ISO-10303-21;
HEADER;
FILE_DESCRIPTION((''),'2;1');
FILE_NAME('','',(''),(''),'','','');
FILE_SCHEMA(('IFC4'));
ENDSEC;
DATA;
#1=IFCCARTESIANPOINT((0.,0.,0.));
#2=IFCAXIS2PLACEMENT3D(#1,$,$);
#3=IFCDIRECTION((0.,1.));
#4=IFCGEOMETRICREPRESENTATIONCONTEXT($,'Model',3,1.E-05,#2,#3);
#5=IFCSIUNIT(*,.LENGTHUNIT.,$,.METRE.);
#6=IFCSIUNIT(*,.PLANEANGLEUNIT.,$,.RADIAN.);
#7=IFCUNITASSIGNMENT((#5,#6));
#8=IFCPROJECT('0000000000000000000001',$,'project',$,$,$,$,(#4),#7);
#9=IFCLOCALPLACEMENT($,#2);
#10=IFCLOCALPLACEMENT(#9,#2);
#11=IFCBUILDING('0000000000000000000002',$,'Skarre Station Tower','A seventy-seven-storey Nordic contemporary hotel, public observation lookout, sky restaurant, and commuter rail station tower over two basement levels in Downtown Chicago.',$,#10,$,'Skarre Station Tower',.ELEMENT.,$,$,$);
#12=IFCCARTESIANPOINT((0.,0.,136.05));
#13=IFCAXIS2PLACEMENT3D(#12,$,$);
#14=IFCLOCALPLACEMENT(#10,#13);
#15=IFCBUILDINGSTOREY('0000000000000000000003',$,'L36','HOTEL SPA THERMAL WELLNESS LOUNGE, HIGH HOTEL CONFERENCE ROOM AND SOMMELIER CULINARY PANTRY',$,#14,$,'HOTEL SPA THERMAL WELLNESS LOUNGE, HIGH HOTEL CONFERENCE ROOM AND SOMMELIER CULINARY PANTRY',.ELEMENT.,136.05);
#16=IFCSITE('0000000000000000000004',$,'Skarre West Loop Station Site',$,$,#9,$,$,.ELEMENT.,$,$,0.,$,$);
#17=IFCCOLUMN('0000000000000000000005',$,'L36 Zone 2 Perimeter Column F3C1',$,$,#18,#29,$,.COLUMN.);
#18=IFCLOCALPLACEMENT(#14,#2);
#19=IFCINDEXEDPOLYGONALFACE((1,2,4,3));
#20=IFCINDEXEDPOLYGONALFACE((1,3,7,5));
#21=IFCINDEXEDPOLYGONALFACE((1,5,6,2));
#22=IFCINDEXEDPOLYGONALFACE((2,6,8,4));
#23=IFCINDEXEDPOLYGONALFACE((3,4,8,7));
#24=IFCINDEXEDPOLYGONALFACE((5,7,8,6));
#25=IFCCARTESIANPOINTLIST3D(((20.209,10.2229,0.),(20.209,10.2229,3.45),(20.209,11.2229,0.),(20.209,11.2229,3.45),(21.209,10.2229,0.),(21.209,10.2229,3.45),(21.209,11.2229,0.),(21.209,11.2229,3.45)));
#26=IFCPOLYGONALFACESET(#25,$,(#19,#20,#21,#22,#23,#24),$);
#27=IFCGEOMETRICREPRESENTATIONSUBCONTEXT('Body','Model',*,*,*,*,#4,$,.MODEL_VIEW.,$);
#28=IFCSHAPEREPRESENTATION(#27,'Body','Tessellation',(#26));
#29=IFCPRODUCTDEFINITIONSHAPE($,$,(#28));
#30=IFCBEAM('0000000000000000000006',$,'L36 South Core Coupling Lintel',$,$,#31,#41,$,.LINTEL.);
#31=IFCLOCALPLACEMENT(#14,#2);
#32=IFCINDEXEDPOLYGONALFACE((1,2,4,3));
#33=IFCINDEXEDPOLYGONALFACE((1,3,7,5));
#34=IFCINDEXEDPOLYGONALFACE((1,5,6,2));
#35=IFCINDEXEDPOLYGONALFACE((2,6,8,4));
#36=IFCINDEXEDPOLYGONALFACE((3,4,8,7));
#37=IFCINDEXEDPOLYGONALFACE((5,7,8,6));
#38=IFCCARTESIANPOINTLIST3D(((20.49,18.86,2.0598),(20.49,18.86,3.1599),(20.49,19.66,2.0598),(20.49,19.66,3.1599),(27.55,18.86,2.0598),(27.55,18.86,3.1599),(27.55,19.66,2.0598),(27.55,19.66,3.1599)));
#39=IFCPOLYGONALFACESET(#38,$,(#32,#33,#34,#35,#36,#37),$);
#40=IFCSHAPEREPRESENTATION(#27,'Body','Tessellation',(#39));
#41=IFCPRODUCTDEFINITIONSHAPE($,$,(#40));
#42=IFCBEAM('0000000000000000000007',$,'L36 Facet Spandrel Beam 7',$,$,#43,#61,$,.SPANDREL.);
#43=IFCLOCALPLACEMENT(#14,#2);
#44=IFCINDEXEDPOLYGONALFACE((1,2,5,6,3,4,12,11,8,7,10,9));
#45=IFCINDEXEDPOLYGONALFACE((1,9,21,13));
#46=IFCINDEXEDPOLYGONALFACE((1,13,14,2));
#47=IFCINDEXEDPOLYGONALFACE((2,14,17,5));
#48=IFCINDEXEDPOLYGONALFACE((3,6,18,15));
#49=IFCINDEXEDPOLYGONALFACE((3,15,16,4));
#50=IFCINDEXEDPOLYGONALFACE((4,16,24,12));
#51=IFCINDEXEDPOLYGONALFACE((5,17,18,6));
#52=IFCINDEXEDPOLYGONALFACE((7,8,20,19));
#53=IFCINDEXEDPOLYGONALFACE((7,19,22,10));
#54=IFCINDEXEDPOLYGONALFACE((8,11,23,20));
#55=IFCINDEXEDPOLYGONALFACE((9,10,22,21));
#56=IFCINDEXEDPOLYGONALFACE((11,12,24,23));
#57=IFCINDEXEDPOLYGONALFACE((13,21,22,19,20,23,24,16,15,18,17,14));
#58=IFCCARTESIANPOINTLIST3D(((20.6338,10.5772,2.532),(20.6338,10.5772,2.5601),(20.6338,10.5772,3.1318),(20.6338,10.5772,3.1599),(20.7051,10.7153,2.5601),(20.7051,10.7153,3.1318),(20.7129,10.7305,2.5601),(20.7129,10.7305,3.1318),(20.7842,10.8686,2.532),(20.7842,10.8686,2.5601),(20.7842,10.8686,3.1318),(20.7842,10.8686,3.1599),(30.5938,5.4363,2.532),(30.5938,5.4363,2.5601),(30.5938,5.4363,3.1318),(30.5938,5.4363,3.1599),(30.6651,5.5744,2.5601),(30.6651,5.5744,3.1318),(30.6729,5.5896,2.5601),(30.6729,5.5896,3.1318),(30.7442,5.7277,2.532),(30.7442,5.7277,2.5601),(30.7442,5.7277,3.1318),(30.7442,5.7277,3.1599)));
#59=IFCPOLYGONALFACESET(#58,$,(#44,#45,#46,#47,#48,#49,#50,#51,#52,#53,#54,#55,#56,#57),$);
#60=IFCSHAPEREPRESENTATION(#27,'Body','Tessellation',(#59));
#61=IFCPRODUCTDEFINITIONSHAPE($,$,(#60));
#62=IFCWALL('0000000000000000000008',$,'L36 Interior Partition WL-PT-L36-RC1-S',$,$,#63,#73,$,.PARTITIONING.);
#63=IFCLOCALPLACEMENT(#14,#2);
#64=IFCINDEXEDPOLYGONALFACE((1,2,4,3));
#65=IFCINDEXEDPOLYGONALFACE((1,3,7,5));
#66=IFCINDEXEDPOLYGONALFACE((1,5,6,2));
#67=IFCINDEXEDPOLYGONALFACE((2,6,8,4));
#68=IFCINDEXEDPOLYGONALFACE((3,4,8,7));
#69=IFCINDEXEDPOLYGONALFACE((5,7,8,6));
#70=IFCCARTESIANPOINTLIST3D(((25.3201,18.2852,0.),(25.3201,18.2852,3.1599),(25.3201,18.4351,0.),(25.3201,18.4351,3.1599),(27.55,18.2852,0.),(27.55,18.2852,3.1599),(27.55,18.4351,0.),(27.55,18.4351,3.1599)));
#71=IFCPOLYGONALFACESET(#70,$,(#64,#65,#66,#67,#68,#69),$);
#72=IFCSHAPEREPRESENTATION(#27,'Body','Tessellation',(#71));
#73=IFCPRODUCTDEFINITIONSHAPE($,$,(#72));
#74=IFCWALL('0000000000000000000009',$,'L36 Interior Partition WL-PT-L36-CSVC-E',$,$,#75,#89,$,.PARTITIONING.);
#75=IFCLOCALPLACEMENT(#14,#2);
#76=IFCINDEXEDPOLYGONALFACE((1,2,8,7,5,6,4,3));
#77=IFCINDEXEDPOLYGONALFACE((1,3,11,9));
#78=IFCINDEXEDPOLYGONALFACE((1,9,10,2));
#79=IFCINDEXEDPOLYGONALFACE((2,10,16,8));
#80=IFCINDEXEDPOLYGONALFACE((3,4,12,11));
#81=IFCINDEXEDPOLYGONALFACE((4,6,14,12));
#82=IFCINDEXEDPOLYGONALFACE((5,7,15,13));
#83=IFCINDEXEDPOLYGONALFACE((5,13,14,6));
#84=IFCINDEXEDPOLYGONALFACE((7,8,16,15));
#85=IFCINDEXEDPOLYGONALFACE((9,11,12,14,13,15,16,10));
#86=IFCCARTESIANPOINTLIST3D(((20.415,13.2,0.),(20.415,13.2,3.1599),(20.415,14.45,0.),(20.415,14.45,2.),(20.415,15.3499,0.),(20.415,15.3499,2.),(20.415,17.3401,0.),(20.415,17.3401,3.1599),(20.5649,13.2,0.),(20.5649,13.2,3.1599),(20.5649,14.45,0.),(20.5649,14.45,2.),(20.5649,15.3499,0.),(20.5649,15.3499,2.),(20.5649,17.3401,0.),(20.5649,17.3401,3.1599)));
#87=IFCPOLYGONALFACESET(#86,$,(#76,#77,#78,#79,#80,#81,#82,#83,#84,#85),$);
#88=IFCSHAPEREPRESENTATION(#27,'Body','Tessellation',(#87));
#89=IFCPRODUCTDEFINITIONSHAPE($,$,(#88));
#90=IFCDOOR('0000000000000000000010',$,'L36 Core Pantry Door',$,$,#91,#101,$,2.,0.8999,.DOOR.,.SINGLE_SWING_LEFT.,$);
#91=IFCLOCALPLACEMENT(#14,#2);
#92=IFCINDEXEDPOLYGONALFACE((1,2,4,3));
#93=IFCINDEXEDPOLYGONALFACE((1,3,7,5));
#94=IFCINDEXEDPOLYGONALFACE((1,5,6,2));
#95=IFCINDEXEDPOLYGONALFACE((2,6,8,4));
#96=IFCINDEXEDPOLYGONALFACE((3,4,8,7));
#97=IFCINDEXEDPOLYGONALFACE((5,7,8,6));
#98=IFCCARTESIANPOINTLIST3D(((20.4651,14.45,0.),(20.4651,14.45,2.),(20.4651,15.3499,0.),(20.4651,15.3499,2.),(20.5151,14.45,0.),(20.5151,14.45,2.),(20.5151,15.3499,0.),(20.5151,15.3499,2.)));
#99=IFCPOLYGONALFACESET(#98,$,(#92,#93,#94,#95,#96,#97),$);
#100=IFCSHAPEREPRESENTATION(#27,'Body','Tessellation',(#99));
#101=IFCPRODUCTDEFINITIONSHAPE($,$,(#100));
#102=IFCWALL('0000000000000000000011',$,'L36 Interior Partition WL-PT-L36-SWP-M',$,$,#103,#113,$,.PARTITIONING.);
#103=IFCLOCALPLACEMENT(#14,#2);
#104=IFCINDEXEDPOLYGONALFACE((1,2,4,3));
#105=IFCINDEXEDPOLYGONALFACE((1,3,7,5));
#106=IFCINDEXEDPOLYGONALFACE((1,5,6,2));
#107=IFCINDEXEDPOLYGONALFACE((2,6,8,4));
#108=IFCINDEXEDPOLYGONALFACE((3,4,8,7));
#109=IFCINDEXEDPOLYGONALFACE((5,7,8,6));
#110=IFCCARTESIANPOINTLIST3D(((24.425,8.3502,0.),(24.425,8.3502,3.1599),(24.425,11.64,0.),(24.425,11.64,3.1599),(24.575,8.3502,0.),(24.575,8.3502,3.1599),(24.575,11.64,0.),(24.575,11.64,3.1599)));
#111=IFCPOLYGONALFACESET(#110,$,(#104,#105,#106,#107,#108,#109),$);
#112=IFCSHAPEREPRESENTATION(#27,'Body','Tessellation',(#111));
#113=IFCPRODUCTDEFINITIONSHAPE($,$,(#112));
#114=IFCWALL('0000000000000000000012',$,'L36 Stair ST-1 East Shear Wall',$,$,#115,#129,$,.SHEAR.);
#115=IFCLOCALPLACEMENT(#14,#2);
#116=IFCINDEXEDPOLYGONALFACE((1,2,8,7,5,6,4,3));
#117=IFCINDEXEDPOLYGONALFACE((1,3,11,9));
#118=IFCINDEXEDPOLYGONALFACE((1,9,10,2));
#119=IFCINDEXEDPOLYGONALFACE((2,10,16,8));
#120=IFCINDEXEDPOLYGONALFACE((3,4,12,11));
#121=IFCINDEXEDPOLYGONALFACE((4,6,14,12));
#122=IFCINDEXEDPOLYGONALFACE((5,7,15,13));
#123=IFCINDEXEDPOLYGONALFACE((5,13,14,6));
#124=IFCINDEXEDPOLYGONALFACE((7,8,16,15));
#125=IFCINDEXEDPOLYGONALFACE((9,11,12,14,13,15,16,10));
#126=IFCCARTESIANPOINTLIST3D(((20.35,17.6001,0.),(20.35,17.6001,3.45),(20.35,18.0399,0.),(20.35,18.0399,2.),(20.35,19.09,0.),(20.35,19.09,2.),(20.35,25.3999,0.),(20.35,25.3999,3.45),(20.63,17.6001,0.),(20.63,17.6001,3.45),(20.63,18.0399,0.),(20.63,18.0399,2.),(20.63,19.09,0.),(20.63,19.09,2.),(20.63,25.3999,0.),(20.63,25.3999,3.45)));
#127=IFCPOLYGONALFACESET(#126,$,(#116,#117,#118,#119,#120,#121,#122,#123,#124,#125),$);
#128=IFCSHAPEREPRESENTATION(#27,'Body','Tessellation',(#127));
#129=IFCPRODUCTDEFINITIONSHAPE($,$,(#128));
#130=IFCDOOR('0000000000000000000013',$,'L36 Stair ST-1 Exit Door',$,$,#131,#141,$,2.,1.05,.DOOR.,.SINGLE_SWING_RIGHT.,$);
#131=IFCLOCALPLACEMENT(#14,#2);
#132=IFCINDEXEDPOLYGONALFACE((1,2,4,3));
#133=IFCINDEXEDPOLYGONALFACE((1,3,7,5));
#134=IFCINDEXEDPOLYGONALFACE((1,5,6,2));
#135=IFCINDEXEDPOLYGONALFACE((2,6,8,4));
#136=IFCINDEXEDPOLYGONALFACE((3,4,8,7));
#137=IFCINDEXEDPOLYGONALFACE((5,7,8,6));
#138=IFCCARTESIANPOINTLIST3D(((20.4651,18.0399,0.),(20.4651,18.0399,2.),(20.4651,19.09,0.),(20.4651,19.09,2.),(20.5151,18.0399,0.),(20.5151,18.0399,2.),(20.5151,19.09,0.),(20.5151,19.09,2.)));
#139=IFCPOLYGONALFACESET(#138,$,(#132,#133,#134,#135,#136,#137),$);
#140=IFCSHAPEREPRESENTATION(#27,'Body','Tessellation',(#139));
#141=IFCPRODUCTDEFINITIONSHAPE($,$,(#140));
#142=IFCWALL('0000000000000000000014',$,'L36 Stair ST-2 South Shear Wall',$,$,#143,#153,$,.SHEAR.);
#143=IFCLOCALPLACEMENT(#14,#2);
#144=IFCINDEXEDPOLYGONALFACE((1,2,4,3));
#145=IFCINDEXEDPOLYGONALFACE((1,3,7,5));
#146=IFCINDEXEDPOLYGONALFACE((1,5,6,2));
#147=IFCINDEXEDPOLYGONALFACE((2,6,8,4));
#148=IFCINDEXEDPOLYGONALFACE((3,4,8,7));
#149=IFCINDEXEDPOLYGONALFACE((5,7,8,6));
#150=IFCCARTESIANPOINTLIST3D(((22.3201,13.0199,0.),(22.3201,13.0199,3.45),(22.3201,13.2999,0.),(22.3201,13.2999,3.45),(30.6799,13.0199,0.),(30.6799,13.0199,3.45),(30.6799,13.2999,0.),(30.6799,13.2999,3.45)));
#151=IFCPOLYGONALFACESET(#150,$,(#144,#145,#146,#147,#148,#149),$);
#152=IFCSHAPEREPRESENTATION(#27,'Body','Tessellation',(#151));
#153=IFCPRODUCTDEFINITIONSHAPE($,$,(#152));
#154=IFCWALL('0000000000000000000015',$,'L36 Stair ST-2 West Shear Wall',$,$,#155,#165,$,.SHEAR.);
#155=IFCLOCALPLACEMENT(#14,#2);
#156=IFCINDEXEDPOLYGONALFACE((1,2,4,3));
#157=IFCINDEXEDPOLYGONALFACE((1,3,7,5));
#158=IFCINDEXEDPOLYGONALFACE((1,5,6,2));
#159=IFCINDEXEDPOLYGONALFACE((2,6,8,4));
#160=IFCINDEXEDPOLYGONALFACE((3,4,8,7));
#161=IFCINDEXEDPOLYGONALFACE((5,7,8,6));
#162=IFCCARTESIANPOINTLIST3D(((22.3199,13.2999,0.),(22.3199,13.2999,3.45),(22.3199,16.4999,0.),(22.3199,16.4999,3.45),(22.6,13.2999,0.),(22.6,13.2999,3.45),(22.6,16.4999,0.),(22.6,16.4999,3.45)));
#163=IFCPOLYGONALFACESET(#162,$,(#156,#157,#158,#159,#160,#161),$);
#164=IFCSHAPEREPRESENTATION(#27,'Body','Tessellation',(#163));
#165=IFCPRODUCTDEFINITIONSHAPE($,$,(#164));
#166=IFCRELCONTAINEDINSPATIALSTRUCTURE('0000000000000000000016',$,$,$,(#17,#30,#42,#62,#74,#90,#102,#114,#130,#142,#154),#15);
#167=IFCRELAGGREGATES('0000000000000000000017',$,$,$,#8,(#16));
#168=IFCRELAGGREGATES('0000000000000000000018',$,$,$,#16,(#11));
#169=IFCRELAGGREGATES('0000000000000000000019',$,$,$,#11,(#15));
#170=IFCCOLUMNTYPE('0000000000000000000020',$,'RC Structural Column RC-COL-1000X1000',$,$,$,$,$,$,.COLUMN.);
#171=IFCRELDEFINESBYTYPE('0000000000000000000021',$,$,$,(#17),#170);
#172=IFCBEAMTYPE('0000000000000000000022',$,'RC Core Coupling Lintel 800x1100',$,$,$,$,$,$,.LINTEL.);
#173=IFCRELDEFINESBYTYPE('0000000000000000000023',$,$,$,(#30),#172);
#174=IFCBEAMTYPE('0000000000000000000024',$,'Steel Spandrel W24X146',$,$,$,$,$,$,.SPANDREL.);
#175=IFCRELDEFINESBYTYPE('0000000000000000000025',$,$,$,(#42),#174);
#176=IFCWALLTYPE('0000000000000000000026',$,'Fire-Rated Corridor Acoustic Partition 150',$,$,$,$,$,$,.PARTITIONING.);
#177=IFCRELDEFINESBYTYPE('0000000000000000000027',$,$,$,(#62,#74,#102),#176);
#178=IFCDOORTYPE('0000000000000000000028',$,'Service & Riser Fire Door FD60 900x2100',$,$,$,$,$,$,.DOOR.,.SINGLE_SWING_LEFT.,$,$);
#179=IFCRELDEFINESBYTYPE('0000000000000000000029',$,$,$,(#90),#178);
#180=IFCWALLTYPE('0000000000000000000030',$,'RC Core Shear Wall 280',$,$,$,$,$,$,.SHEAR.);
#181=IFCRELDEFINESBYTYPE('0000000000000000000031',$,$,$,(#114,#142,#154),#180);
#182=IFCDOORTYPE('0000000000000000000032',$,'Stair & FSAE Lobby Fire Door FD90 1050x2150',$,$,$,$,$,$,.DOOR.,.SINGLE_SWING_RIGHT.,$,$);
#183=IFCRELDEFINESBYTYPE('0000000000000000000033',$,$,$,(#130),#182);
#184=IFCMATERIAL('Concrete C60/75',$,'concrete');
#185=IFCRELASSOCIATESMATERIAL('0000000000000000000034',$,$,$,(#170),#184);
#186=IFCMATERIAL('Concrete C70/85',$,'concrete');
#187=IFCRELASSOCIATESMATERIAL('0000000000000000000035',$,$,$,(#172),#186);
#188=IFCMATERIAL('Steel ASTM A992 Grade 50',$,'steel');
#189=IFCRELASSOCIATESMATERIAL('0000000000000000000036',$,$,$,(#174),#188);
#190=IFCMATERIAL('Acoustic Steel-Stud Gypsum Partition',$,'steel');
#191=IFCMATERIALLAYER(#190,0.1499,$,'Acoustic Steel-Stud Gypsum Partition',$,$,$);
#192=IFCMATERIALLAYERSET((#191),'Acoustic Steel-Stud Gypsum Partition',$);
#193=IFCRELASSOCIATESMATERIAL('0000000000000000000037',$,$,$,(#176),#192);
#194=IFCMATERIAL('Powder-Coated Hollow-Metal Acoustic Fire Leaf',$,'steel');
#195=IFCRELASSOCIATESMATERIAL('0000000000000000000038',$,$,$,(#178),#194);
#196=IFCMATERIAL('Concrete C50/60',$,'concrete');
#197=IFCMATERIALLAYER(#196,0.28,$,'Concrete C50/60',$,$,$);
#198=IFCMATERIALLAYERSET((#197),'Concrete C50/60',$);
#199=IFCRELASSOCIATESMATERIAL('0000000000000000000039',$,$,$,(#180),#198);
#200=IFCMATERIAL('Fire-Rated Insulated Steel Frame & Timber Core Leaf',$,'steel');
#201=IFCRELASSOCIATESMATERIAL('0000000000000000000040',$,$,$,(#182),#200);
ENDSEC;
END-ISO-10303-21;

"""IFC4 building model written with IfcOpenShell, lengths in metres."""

from ifc_helpers import new_model, si_unit, direction, frame, frame_2d, origin, origin_2d, place, context, subcontext, project, spatial, rectangle, i_section, extrude, material, layer, layer_set, material_profile, profile_set, type_object, element, fill, save


model = new_model("IFC4")

# Units and contexts
model_context = context("Model", 3, precision=1e-05, world=origin(), true_north=direction((0.0, 1.0)))
body_context = subcontext(model_context, "Body", "Model", "MODEL_VIEW")
ifc_project = project(units=[si_unit("LENGTHUNIT", "METRE"), si_unit("PLANEANGLEUNIT", "RADIAN")], contexts=[model_context])

# Site, building, storey
site_placement = place(None, origin())
site = spatial("IfcSite", under=ifc_project, at=site_placement, Name="Skarre West Loop Station Site", CompositionType="ELEMENT", RefElevation=0.0)
building_placement = place(site_placement, origin())
building = spatial("IfcBuilding", under=site, at=building_placement, Name="Skarre Station Tower", Description="A seventy-seven-storey Nordic contemporary hotel, public observation lookout, sky restaurant, and commuter rail station tower over two basement levels in Downtown Chicago.", LongName="Skarre Station Tower", CompositionType="ELEMENT")
storey_placement = place(building_placement, frame((0.0, 0.0, 136.05)))
storey = spatial("IfcBuildingStorey", under=building, at=storey_placement, Name="L36", Description="HOTEL SPA THERMAL WELLNESS LOUNGE, HIGH HOTEL CONFERENCE ROOM AND SOMMELIER CULINARY PANTRY", LongName="HOTEL SPA THERMAL WELLNESS LOUNGE, HIGH HOTEL CONFERENCE ROOM AND SOMMELIER CULINARY PANTRY", CompositionType="ELEMENT", Elevation=136.05)

# Column
ifc_material_1 = material(Name="Concrete C60/75", Category="concrete")
ifc_material_profile_1 = material_profile(ifc_material_1, rectangle(XDim=1.0, YDim=1.0, at=origin_2d()), Name="Concrete C60/75")
ifc_profile_set_1 = profile_set([ifc_material_profile_1], Name="Concrete C60/75")
column_type = type_object("IfcColumnType", Name="RC Structural Column RC-COL-1000X1000", PredefinedType="COLUMN", material=ifc_profile_set_1)
column_placement = place(storey_placement, frame((20.709, 10.7229, 0.0), z_axis=(0.0, 0.0, 1.0), x_axis=(1.0, 0.0, 0.0)))
element("IfcColumn", 1, at=column_placement, inside=storey, type_object=column_type, Name="L36 Zone 2 Perimeter Column F3C1", PredefinedType="COLUMN", context=body_context, shape_type="SweptSolid", body=[
    extrude(rectangle(XDim=1.0, YDim=1.0, at=origin_2d()), origin(), (0.0, 0.0, 1.0), 3.45),
])

# Beams
ifc_material_2 = material(Name="Concrete C70/85", Category="concrete")
ifc_material_profile_2 = material_profile(ifc_material_2, rectangle(XDim=0.8, YDim=1.1001, at=origin_2d()), Name="Concrete C70/85")
ifc_profile_set_2 = profile_set([ifc_material_profile_2], Name="Concrete C70/85")
beam_type_1 = type_object("IfcBeamType", Name="RC Core Coupling Lintel 800x1100", PredefinedType="LINTEL", material=ifc_profile_set_2)
beam_1_placement = place(storey_placement, frame((20.49, 19.26, 2.6099), z_axis=(1.0, 0.0, 0.0), x_axis=(0.0, 1.0, 0.0)))
element("IfcBeam", 2, at=beam_1_placement, inside=storey, type_object=beam_type_1, Name="L36 South Core Coupling Lintel", PredefinedType="LINTEL", context=body_context, shape_type="SweptSolid", body=[
    extrude(rectangle(XDim=0.8, YDim=1.1001, at=origin_2d()), origin(), (0.0, 0.0, 1.0), 7.0601),
])
ifc_material_3 = material(Name="Steel ASTM A992 Grade 50", Category="steel")
ifc_material_profile_3 = material_profile(ifc_material_3, i_section(OverallWidth=0.3279, OverallDepth=0.6279, WebThickness=0.0171, FlangeThickness=0.0281, at=origin_2d()), Name="Steel ASTM A992 Grade 50")
ifc_profile_set_3 = profile_set([ifc_material_profile_3], Name="Steel ASTM A992 Grade 50")
beam_type_2 = type_object("IfcBeamType", Name="Steel Spandrel W24X146", PredefinedType="SPANDREL", material=ifc_profile_set_3)
beam_2_placement = place(storey_placement, frame((20.709, 10.7229, 2.8459), z_axis=(0.888612, -0.45866, 0.0), x_axis=(0.45866, 0.888612, 0.0)))
element("IfcBeam", 3, at=beam_2_placement, inside=storey, type_object=beam_type_2, Name="L36 Facet Spandrel Beam 7", PredefinedType="SPANDREL", context=body_context, shape_type="SweptSolid", body=[
    extrude(i_section(OverallWidth=0.3279, OverallDepth=0.6279, WebThickness=0.0171, FlangeThickness=0.0281, at=origin_2d()), origin(), (0.0, 0.0, 1.0), 11.2085),
])

# Wall
ifc_material_4 = material(Name="Acoustic Steel-Stud Gypsum Partition", Category="steel")
ifc_layer_1 = layer(ifc_material_4, 0.1499, Name="Acoustic Steel-Stud Gypsum Partition")
ifc_layer_set_1 = layer_set([ifc_layer_1], Name="Acoustic Steel-Stud Gypsum Partition")
wall_type_1 = type_object("IfcWallType", Name="Fire-Rated Corridor Acoustic Partition 150", PredefinedType="PARTITIONING", material=ifc_layer_set_1)
wall_1_placement = place(storey_placement, frame((25.3201, 18.3601, 0.0), z_axis=(0.0, 0.0, 1.0), x_axis=(1.0, 0.0, 0.0)))
element("IfcWall", 4, at=wall_1_placement, inside=storey, type_object=wall_type_1, Name="L36 Interior Partition WL-PT-L36-RC1-S", PredefinedType="PARTITIONING", context=body_context, shape_type="SweptSolid", body=[
    extrude(rectangle(XDim=2.23, YDim=0.1499, at=frame_2d((1.115, 0.0))), origin(), (0.0, 0.0, 1.0), 3.1599),
])

# Wall, opening, door
wall_2_placement = place(storey_placement, frame((20.49, 13.2, 0.0), z_axis=(0.0, 0.0, 1.0), x_axis=(0.0, 1.0, 0.0)))
wall_2 = element("IfcWall", 5, at=wall_2_placement, inside=storey, type_object=wall_type_1, Name="L36 Interior Partition WL-PT-L36-CSVC-E", PredefinedType="PARTITIONING", context=body_context, shape_type="SweptSolid", body=[
    extrude(rectangle(XDim=4.1401, YDim=0.1499, at=frame_2d((2.0701, 0.0))), origin(), (0.0, 0.0, 1.0), 3.1599),
])
opening_1_placement = place(wall_2_placement, frame((1.25, 0.0, 0.0)))
opening_1 = element("IfcOpeningElement", 6, at=opening_1_placement, cuts=wall_2, PredefinedType="OPENING", context=body_context, shape_type="SweptSolid", body=[
    extrude(rectangle(XDim=0.8999, YDim=2.0, at=frame_2d((0.45, 1.0))), frame((0.0, 0.085, 0.0), z_axis=(0.0, -1.0, 0.0), x_axis=(1.0, 0.0, 0.0)), (0.0, 0.0, 1.0), 0.1699),
])
ifc_material_5 = material(Name="Powder-Coated Hollow-Metal Acoustic Fire Leaf", Category="steel")
door_type_1 = type_object("IfcDoorType", Name="Service & Riser Fire Door FD60 900x2100", OperationType="SINGLE_SWING_LEFT", PredefinedType="DOOR", material=ifc_material_5)
door_1_placement = place(opening_1_placement, origin())
door_1 = element("IfcDoor", 7, at=door_1_placement, inside=storey, type_object=door_type_1, Name="L36 Core Pantry Door", OperationType="SINGLE_SWING_LEFT", OverallHeight=2.0, OverallWidth=0.8999, PredefinedType="DOOR", context=body_context, shape_type="SweptSolid", body=[
    extrude(rectangle(XDim=0.8999, YDim=2.0, at=frame_2d((0.45, 1.0))), frame((0.0, 0.0249, 0.0), z_axis=(0.0, -1.0, 0.0), x_axis=(1.0, 0.0, 0.0)), (0.0, 0.0, 1.0), 0.05),
])
fill(opening_1, door_1)

# Wall
wall_3_placement = place(storey_placement, frame((24.5, 8.3501, 0.0), z_axis=(0.0, 0.0, 1.0), x_axis=(0.0, 1.0, 0.0)))
element("IfcWall", 8, at=wall_3_placement, inside=storey, type_object=wall_type_1, Name="L36 Interior Partition WL-PT-L36-SWP-M", PredefinedType="PARTITIONING", context=body_context, shape_type="SweptSolid", body=[
    extrude(rectangle(XDim=3.2898, YDim=0.1499, at=frame_2d((1.645, 0.0))), origin(), (0.0, 0.0, 1.0), 3.1599),
])

# Wall, opening, door
ifc_material_6 = material(Name="Concrete C50/60", Category="concrete")
ifc_layer_2 = layer(ifc_material_6, 0.28, Name="Concrete C50/60")
ifc_layer_set_2 = layer_set([ifc_layer_2], Name="Concrete C50/60")
wall_type_2 = type_object("IfcWallType", Name="RC Core Shear Wall 280", PredefinedType="SHEAR", material=ifc_layer_set_2)
wall_4_placement = place(storey_placement, frame((20.49, 17.6001, 0.0), z_axis=(0.0, 0.0, 1.0), x_axis=(0.0, 1.0, 0.0)))
wall_4 = element("IfcWall", 9, at=wall_4_placement, inside=storey, type_object=wall_type_2, Name="L36 Stair ST-1 East Shear Wall", PredefinedType="SHEAR", context=body_context, shape_type="SweptSolid", body=[
    extrude(rectangle(XDim=7.7998, YDim=0.28, at=frame_2d((3.8999, 0.0))), origin(), (0.0, 0.0, 1.0), 3.45),
])
opening_2_placement = place(wall_4_placement, frame((0.4399, 0.0, 0.0)))
opening_2 = element("IfcOpeningElement", 10, at=opening_2_placement, cuts=wall_4, PredefinedType="OPENING", context=body_context, shape_type="SweptSolid", body=[
    extrude(rectangle(XDim=1.05, YDim=2.0, at=frame_2d((0.5249, 1.0))), frame((0.0, 0.1499, 0.0), z_axis=(0.0, -1.0, 0.0), x_axis=(1.0, 0.0, 0.0)), (0.0, 0.0, 1.0), 0.3),
])
ifc_material_7 = material(Name="Fire-Rated Insulated Steel Frame & Timber Core Leaf", Category="steel")
door_type_2 = type_object("IfcDoorType", Name="Stair & FSAE Lobby Fire Door FD90 1050x2150", OperationType="SINGLE_SWING_RIGHT", PredefinedType="DOOR", material=ifc_material_7)
door_2_placement = place(opening_2_placement, origin())
door_2 = element("IfcDoor", 11, at=door_2_placement, inside=storey, type_object=door_type_2, Name="L36 Stair ST-1 Exit Door", OperationType="SINGLE_SWING_RIGHT", OverallHeight=2.0, OverallWidth=1.05, PredefinedType="DOOR", context=body_context, shape_type="SweptSolid", body=[
    extrude(rectangle(XDim=1.05, YDim=2.0, at=frame_2d((0.5249, 1.0))), frame((0.0, 0.0249, 0.0), z_axis=(0.0, -1.0, 0.0), x_axis=(1.0, 0.0, 0.0)), (0.0, 0.0, 1.0), 0.05),
])
fill(opening_2, door_2)

# Walls
wall_5_placement = place(storey_placement, frame((22.3201, 13.1599, 0.0), z_axis=(0.0, 0.0, 1.0), x_axis=(1.0, 0.0, 0.0)))
element("IfcWall", 12, at=wall_5_placement, inside=storey, type_object=wall_type_2, Name="L36 Stair ST-2 South Shear Wall", PredefinedType="SHEAR", context=body_context, shape_type="SweptSolid", body=[
    extrude(rectangle(XDim=8.3599, YDim=0.28, at=frame_2d((4.1799, 0.0))), origin(), (0.0, 0.0, 1.0), 3.45),
])
wall_6_placement = place(storey_placement, frame((22.46, 16.5, 0.0), z_axis=(0.0, 0.0, 1.0), x_axis=(0.0, -1.0, 0.0)))
element("IfcWall", 13, at=wall_6_placement, inside=storey, type_object=wall_type_2, Name="L36 Stair ST-2 West Shear Wall", PredefinedType="SHEAR", context=body_context, shape_type="SweptSolid", body=[
    extrude(rectangle(XDim=3.2, YDim=0.28, at=frame_2d((1.6001, 0.0))), origin(), (0.0, 0.0, 1.0), 3.45),
])

save(model, "model.ifc")
